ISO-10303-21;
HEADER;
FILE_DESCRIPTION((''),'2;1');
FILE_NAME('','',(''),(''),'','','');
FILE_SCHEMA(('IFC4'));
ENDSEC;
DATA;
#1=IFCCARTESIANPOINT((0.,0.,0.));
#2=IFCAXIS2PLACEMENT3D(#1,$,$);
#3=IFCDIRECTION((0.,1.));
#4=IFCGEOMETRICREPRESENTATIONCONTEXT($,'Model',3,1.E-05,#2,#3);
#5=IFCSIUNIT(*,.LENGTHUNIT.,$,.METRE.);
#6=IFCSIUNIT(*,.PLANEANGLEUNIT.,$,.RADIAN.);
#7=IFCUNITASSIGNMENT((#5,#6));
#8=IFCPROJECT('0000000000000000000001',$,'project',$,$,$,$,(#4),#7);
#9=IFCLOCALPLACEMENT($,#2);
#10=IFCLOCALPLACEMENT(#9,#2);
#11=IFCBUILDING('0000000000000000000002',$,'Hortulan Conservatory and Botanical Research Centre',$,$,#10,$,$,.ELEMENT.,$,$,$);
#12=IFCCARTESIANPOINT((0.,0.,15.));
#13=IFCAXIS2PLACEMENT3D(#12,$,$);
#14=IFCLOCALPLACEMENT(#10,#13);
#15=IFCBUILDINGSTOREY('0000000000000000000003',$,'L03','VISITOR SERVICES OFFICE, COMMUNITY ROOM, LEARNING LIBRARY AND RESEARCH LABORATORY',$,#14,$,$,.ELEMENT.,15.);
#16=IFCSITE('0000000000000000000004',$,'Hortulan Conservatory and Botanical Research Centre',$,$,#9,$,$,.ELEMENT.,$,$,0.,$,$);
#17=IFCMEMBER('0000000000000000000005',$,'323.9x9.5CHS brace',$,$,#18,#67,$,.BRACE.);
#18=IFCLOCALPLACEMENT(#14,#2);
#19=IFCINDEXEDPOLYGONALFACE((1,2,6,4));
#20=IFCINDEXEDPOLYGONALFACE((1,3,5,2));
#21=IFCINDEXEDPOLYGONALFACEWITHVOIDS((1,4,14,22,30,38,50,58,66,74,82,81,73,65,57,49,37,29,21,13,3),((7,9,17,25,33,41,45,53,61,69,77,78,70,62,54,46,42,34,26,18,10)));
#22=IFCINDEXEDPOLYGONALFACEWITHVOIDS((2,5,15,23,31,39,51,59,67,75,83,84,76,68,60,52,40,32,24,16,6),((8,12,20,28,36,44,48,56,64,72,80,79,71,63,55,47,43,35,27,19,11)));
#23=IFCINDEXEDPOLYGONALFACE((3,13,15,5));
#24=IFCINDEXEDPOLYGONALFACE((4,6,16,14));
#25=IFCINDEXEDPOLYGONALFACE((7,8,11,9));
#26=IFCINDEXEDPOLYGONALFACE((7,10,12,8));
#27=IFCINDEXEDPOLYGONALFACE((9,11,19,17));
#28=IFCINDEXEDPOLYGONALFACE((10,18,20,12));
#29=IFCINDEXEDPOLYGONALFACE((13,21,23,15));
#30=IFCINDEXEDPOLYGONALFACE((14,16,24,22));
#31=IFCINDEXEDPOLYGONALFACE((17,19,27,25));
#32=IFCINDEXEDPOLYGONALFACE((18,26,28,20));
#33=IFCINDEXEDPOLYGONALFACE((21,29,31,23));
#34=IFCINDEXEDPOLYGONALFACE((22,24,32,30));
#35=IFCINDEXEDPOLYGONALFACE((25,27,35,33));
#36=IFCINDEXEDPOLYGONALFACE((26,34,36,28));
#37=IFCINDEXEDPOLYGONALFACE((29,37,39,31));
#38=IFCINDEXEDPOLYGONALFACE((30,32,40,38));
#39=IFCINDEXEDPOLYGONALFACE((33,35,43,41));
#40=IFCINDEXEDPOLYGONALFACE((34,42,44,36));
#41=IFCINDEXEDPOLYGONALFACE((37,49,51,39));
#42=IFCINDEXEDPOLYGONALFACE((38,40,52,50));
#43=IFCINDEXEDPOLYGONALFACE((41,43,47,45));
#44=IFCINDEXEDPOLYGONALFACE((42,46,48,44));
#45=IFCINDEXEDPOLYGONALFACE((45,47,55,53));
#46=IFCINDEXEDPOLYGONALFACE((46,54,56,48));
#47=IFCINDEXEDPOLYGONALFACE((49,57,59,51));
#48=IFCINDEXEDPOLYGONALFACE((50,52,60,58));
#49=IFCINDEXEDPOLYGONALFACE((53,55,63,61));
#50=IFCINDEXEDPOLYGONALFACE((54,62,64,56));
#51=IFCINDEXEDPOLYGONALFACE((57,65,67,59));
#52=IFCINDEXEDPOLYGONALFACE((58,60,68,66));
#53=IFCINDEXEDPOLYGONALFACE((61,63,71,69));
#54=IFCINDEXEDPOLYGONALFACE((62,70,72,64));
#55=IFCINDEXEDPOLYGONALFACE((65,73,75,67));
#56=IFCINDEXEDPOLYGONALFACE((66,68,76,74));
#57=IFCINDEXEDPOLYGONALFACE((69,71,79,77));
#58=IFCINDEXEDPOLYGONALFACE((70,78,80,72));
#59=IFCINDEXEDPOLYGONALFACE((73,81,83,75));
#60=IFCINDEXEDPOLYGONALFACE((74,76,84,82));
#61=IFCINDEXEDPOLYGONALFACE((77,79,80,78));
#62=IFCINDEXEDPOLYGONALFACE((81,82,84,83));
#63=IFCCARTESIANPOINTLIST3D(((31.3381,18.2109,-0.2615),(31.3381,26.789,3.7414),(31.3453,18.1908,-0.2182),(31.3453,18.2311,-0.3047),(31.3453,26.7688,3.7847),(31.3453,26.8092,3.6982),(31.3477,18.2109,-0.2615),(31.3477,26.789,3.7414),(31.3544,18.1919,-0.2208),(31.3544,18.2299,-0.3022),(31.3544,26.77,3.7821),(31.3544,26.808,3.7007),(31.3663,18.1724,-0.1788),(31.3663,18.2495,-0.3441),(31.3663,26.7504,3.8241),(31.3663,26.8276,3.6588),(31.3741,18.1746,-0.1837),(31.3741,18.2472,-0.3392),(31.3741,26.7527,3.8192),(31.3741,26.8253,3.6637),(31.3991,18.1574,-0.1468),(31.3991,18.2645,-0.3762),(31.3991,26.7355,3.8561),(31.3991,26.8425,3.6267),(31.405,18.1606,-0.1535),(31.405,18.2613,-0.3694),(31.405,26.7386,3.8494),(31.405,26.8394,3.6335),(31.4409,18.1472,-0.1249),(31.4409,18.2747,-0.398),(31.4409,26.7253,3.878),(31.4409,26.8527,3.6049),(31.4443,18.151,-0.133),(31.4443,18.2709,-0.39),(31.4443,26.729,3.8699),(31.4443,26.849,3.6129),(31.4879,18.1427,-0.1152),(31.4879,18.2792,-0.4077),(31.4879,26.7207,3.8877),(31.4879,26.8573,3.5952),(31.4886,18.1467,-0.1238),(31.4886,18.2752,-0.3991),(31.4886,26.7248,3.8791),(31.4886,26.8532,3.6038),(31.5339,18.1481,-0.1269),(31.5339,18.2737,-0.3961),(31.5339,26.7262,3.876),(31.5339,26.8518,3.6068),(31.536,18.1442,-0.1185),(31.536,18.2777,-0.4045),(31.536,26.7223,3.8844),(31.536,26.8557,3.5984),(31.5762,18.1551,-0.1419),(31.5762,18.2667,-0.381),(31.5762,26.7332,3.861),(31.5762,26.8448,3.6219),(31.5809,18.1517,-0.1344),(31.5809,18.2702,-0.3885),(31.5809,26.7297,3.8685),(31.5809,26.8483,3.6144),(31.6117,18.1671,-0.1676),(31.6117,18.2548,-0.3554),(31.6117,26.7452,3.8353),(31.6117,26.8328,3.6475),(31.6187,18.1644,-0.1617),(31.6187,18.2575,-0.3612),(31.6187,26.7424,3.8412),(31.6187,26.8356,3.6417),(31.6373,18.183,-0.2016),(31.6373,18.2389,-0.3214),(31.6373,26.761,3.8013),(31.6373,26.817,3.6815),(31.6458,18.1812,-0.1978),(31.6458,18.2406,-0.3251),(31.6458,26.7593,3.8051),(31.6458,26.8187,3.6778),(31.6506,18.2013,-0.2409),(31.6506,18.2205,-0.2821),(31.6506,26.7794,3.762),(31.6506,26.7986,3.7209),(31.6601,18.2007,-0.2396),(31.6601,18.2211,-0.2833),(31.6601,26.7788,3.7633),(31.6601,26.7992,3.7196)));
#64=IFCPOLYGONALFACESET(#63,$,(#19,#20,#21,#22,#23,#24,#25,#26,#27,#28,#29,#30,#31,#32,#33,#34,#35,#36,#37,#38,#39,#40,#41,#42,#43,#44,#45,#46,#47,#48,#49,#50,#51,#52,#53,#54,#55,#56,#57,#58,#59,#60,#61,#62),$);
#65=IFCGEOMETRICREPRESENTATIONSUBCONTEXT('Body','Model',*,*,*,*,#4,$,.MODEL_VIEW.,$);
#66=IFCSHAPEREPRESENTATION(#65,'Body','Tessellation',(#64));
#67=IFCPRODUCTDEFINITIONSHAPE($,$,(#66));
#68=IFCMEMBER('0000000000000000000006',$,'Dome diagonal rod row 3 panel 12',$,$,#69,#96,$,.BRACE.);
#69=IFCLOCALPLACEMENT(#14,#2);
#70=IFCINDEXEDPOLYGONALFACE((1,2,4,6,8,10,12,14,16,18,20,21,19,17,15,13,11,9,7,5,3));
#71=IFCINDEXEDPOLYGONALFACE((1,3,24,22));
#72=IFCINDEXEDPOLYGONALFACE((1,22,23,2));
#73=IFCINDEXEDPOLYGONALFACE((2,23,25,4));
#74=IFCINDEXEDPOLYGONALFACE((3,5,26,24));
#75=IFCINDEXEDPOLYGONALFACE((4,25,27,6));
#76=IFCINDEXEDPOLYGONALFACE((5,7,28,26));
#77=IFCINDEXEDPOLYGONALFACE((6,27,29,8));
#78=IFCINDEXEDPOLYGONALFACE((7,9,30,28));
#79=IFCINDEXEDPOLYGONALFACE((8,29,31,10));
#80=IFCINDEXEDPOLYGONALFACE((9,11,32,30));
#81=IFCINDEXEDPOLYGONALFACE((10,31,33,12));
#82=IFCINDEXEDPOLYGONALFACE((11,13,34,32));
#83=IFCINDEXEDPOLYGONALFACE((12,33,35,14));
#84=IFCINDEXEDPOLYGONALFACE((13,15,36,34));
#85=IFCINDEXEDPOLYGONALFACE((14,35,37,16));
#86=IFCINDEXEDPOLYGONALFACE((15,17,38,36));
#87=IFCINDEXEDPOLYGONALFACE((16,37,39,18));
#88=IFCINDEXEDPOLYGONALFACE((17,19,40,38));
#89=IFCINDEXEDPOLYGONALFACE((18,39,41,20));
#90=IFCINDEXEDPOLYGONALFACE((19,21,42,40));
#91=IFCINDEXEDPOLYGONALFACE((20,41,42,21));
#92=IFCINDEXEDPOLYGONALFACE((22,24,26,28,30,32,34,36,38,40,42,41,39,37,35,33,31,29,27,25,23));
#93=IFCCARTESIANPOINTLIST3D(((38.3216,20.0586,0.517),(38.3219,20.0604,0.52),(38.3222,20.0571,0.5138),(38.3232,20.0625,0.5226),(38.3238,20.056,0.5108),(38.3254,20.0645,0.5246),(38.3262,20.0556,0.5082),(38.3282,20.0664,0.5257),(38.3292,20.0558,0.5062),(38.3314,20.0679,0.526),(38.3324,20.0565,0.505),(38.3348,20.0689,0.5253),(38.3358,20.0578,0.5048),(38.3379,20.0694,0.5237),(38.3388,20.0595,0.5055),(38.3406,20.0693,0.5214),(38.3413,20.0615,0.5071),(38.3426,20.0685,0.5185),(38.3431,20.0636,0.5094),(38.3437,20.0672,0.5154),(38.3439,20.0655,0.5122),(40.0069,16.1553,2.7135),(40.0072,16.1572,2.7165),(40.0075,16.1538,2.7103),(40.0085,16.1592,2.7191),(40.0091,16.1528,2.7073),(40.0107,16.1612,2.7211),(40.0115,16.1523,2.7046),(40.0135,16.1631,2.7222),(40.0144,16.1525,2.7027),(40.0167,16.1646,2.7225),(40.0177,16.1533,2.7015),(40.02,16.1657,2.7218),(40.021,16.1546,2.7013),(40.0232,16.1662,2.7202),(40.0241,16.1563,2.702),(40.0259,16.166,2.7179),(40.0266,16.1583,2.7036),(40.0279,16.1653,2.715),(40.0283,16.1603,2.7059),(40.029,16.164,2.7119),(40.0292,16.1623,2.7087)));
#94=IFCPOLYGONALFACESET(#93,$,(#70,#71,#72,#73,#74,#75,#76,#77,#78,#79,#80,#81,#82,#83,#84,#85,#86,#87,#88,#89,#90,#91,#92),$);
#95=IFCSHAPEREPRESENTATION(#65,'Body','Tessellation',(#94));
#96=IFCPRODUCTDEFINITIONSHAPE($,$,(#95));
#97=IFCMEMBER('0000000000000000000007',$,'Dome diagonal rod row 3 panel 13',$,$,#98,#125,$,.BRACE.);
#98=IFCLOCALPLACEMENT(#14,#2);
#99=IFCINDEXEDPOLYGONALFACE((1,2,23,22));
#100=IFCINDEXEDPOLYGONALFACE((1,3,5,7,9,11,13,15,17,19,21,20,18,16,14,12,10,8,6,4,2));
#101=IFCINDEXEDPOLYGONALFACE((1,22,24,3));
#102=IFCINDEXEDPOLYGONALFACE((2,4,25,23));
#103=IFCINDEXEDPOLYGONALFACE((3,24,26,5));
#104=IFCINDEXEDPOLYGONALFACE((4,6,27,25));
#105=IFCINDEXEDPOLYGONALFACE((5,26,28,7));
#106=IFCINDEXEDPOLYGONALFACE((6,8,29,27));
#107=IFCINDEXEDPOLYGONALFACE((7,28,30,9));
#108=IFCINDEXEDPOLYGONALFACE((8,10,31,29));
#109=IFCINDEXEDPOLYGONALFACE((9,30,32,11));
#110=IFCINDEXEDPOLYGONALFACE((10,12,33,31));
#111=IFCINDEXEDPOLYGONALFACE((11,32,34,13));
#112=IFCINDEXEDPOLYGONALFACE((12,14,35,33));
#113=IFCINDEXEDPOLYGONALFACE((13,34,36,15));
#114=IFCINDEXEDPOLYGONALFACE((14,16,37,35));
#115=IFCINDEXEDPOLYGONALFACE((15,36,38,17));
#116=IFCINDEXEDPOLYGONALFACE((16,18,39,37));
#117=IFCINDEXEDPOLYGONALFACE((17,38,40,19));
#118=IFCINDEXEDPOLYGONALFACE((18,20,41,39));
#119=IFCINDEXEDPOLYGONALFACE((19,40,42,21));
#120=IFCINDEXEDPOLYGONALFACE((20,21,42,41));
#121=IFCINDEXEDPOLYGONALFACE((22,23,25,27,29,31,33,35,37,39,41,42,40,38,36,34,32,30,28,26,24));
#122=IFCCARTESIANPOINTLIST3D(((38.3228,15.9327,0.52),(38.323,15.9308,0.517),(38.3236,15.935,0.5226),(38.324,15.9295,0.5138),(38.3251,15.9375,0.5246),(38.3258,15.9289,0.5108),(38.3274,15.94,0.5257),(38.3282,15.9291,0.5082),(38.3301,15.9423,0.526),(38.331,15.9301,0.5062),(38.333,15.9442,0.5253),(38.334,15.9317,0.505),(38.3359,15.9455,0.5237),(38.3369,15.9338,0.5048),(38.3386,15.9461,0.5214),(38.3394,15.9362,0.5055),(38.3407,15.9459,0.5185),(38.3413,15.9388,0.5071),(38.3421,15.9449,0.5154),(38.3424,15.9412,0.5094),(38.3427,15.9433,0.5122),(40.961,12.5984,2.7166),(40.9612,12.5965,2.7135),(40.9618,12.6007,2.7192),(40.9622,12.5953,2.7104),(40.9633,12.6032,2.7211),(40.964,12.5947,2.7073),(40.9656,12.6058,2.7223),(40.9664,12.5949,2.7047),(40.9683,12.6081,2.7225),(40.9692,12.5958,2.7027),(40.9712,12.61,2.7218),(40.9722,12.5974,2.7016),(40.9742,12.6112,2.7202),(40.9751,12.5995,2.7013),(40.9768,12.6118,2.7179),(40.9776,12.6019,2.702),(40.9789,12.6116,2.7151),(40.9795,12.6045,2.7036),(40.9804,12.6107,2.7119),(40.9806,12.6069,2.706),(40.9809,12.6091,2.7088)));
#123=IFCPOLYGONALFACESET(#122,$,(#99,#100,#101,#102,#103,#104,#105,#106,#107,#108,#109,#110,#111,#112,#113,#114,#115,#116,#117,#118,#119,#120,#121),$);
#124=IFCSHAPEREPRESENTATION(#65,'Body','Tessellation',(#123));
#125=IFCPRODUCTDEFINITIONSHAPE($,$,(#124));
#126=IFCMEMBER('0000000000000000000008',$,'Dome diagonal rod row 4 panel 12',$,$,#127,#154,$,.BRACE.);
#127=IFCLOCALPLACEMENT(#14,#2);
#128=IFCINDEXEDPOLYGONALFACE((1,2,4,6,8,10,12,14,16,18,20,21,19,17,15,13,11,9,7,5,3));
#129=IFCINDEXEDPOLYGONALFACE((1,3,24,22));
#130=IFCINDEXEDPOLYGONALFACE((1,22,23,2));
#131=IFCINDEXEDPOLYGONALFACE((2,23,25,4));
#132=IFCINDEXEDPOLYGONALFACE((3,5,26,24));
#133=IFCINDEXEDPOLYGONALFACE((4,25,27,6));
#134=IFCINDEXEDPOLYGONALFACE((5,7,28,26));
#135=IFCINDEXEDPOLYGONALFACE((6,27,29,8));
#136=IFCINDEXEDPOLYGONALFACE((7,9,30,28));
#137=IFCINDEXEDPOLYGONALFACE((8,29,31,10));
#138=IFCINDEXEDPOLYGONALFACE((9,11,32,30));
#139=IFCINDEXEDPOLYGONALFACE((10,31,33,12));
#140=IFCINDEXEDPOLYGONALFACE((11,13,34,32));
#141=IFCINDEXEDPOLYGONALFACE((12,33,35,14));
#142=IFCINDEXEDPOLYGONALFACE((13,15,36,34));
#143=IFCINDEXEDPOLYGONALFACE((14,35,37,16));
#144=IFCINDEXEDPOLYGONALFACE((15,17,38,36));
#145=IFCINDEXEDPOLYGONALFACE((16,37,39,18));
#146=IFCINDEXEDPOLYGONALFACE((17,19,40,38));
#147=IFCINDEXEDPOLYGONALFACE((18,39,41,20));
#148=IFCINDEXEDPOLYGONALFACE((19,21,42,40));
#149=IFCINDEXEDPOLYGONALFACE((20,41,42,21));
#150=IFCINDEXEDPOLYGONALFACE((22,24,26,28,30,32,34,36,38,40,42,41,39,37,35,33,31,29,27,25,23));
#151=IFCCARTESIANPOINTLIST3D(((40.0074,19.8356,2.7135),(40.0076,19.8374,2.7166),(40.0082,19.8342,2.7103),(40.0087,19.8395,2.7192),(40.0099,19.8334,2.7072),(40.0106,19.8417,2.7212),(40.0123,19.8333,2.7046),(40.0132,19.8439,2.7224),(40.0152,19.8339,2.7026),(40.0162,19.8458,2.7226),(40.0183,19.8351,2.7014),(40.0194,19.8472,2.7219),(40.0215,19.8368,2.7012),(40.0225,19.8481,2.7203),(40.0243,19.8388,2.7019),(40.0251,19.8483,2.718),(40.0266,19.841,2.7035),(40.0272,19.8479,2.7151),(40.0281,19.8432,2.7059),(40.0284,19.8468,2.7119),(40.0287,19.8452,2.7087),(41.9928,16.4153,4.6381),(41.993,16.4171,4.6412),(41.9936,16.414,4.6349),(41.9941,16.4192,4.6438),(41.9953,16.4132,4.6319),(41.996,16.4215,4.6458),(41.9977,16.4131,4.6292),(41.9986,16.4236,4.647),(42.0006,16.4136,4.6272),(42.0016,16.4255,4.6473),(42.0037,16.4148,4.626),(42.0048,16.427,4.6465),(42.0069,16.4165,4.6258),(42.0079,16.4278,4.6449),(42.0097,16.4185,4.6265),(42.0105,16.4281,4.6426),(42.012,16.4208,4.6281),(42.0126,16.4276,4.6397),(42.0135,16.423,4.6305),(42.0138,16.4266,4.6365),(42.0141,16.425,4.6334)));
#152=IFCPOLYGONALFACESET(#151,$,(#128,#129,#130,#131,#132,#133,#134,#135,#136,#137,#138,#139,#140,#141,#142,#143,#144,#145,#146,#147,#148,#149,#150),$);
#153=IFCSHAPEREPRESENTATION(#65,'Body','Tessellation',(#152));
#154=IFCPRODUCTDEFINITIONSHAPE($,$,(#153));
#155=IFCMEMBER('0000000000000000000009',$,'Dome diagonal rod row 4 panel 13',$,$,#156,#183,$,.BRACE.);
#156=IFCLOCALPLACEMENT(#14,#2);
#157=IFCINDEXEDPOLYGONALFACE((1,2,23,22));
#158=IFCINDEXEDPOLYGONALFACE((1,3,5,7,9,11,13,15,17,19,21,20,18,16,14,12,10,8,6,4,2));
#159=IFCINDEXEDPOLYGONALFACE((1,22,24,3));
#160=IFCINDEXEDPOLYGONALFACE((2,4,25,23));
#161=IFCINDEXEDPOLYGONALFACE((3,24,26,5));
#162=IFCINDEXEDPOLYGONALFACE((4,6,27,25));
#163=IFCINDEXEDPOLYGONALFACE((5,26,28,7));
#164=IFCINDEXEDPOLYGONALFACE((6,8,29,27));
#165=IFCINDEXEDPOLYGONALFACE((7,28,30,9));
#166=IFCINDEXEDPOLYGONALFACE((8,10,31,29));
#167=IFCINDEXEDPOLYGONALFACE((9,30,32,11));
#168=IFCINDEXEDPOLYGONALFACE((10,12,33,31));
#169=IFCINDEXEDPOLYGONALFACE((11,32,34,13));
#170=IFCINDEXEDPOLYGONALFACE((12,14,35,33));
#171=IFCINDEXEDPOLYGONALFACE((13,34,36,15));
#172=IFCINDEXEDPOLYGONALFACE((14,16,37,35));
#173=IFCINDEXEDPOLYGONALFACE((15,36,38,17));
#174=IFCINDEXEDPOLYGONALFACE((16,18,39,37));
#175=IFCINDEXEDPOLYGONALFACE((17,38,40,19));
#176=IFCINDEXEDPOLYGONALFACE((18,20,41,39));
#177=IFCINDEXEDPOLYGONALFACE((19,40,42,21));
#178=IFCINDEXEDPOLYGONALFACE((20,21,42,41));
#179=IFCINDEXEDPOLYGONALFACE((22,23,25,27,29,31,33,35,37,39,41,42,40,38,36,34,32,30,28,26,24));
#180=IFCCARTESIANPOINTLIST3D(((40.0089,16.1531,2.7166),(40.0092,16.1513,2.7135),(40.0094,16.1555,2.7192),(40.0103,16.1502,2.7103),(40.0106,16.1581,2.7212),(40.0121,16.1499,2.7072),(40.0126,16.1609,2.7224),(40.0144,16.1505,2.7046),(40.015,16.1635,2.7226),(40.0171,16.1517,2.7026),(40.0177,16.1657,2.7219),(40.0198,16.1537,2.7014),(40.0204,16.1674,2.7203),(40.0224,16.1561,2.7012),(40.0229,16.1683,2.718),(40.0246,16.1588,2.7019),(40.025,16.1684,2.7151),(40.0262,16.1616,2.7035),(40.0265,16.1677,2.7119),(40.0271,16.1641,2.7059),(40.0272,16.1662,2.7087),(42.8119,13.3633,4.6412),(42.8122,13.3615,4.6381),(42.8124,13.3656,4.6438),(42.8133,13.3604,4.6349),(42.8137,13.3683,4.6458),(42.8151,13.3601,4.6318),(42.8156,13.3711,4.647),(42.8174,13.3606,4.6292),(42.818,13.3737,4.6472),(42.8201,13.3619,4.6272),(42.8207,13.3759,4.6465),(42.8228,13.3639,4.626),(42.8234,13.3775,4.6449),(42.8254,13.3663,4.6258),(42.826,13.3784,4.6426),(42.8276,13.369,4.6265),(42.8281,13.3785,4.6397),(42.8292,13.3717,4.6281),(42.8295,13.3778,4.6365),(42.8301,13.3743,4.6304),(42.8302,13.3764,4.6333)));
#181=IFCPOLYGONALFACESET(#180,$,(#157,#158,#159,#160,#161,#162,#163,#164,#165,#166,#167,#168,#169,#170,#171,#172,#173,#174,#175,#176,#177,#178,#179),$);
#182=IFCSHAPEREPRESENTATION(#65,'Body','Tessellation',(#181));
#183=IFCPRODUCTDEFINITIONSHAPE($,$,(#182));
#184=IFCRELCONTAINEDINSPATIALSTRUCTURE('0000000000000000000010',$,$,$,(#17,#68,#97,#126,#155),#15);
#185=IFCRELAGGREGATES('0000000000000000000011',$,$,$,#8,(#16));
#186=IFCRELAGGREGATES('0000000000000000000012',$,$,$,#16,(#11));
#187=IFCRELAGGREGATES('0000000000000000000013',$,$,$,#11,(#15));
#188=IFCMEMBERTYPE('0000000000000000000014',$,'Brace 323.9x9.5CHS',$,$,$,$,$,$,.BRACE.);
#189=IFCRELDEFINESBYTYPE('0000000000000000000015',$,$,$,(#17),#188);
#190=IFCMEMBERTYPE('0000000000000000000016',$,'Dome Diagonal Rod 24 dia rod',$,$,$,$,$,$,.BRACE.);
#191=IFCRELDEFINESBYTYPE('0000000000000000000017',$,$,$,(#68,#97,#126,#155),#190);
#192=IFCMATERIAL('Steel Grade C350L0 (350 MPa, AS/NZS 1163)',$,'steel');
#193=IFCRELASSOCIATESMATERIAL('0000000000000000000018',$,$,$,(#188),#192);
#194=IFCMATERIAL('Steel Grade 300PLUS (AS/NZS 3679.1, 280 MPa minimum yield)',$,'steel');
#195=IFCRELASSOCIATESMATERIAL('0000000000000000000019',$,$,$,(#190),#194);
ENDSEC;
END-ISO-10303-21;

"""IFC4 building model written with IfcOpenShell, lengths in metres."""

from ifc_helpers import new_model, si_unit, direction, frame, origin, origin_2d, place, context, subcontext, project, spatial, circle, hollow_circle, extrude, material, material_profile, profile_set, type_object, element, save


model = new_model("IFC4")

# Units and contexts
model_context = context("Model", 3, precision=1e-05, world=origin(), true_north=direction((0.0, 1.0)))
body_context = subcontext(model_context, "Body", "Model", "MODEL_VIEW")
ifc_project = project(units=[si_unit("LENGTHUNIT", "METRE"), si_unit("PLANEANGLEUNIT", "RADIAN")], contexts=[model_context])

# Site, building, storey
site_placement = place(None, origin())
site = spatial("IfcSite", under=ifc_project, at=site_placement, Name="Hortulan Conservatory and Botanical Research Centre", CompositionType="ELEMENT", RefElevation=0.0)
building_placement = place(site_placement, origin())
building = spatial("IfcBuilding", under=site, at=building_placement, Name="Hortulan Conservatory and Botanical Research Centre", CompositionType="ELEMENT")
storey_placement = place(building_placement, frame((0.0, 0.0, 15.0)))
storey = spatial("IfcBuildingStorey", under=building, at=storey_placement, Name="L03", Description="VISITOR SERVICES OFFICE, COMMUNITY ROOM, LEARNING LIBRARY AND RESEARCH LABORATORY", CompositionType="ELEMENT", Elevation=15.0)

# Members
ifc_material_1 = material(Name="Steel Grade C350L0 (350 MPa, AS/NZS 1163)", Category="steel")
ifc_material_profile_1 = material_profile(ifc_material_1, hollow_circle(Radius=0.1619, WallThickness=0.0095, at=origin_2d()), Name="323.9x9.5CHS")
ifc_profile_set_1 = profile_set([ifc_material_profile_1], Name="Steel Grade C350L0 (350 MPa, AS/NZS 1163)")
member_type_1 = type_object("IfcMemberType", Name="Brace 323.9x9.5CHS", PredefinedType="BRACE", material=ifc_profile_set_1)
member_1_placement = place(storey_placement, frame((31.5, 18.2109, -0.2615), z_axis=(0.0, 0.906191, 0.422869), x_axis=(-1.0, 0.0, 0.0)))
element("IfcMember", 1, at=member_1_placement, inside=storey, type_object=member_type_1, Name="323.9x9.5CHS brace", PredefinedType="BRACE", context=body_context, shape_type="SweptSolid", body=[
    extrude(hollow_circle(Radius=0.1619, WallThickness=0.0095, at=origin_2d()), origin(), (0.0, 0.0, 1.0), 9.4661),
])
ifc_material_2 = material(Name="Steel Grade 300PLUS (AS/NZS 3679.1, 280 MPa minimum yield)", Category="steel")
ifc_material_profile_2 = material_profile(ifc_material_2, circle(Radius=0.012, at=origin_2d()), Name="24 dia rod")
ifc_profile_set_2 = profile_set([ifc_material_profile_2], Name="Steel Grade 300PLUS (AS/NZS 3679.1, 280 MPa minimum yield)")
member_type_2 = type_object("IfcMemberType", Name="Dome Diagonal Rod 24 dia rod", PredefinedType="BRACE", material=ifc_profile_set_2)
member_2_placement = place(storey_placement, frame((38.3328, 20.0625, 0.5154), z_axis=(0.352169, -0.815657, 0.458999), x_axis=(0.918081, 0.396392, 0.0)))
element("IfcMember", 2, at=member_2_placement, inside=storey, type_object=member_type_2, Name="Dome diagonal rod row 3 panel 12", PredefinedType="BRACE", context=body_context, shape_type="SweptSolid", body=[
    extrude(circle(Radius=0.012, at=origin_2d()), origin(), (0.0, 0.0, 1.0), 4.7854),
])
member_3_placement = place(storey_placement, frame((38.3328, 15.9375, 0.5154), z_axis=(0.551277, -0.696723, 0.458989), x_axis=(0.784208, 0.620498, 0.0)))
element("IfcMember", 3, at=member_3_placement, inside=storey, type_object=member_type_2, Name="Dome diagonal rod row 3 panel 13", PredefinedType="BRACE", context=body_context, shape_type="SweptSolid", body=[
    extrude(circle(Radius=0.012, at=origin_2d()), origin(), (0.0, 0.0, 1.0), 4.7856),
])
for number, where, z_axis, x_axis, name in (
    (4, (40.0181, 19.8408, 2.7119), (0.451413, -0.77765, 0.437591), (0.864849, 0.502031, 0.0), "Dome diagonal rod row 4 panel 12"),
    (5, (40.0181, 16.1592, 2.7119), (0.637311, -0.634313, 0.437586), (0.705438, 0.708772, 0.0), "Dome diagonal rod row 4 panel 13"),
):
    element("IfcMember", number, at=place(storey_placement, frame(where, z_axis=z_axis, x_axis=x_axis)), inside=storey, type_object=member_type_2, Name=name, PredefinedType="BRACE", context=body_context, shape_type="SweptSolid", body=[
        extrude(circle(Radius=0.012, at=origin_2d()), origin(), (0.0, 0.0, 1.0), 4.3982),
    ])

save(model, "model.ifc")
